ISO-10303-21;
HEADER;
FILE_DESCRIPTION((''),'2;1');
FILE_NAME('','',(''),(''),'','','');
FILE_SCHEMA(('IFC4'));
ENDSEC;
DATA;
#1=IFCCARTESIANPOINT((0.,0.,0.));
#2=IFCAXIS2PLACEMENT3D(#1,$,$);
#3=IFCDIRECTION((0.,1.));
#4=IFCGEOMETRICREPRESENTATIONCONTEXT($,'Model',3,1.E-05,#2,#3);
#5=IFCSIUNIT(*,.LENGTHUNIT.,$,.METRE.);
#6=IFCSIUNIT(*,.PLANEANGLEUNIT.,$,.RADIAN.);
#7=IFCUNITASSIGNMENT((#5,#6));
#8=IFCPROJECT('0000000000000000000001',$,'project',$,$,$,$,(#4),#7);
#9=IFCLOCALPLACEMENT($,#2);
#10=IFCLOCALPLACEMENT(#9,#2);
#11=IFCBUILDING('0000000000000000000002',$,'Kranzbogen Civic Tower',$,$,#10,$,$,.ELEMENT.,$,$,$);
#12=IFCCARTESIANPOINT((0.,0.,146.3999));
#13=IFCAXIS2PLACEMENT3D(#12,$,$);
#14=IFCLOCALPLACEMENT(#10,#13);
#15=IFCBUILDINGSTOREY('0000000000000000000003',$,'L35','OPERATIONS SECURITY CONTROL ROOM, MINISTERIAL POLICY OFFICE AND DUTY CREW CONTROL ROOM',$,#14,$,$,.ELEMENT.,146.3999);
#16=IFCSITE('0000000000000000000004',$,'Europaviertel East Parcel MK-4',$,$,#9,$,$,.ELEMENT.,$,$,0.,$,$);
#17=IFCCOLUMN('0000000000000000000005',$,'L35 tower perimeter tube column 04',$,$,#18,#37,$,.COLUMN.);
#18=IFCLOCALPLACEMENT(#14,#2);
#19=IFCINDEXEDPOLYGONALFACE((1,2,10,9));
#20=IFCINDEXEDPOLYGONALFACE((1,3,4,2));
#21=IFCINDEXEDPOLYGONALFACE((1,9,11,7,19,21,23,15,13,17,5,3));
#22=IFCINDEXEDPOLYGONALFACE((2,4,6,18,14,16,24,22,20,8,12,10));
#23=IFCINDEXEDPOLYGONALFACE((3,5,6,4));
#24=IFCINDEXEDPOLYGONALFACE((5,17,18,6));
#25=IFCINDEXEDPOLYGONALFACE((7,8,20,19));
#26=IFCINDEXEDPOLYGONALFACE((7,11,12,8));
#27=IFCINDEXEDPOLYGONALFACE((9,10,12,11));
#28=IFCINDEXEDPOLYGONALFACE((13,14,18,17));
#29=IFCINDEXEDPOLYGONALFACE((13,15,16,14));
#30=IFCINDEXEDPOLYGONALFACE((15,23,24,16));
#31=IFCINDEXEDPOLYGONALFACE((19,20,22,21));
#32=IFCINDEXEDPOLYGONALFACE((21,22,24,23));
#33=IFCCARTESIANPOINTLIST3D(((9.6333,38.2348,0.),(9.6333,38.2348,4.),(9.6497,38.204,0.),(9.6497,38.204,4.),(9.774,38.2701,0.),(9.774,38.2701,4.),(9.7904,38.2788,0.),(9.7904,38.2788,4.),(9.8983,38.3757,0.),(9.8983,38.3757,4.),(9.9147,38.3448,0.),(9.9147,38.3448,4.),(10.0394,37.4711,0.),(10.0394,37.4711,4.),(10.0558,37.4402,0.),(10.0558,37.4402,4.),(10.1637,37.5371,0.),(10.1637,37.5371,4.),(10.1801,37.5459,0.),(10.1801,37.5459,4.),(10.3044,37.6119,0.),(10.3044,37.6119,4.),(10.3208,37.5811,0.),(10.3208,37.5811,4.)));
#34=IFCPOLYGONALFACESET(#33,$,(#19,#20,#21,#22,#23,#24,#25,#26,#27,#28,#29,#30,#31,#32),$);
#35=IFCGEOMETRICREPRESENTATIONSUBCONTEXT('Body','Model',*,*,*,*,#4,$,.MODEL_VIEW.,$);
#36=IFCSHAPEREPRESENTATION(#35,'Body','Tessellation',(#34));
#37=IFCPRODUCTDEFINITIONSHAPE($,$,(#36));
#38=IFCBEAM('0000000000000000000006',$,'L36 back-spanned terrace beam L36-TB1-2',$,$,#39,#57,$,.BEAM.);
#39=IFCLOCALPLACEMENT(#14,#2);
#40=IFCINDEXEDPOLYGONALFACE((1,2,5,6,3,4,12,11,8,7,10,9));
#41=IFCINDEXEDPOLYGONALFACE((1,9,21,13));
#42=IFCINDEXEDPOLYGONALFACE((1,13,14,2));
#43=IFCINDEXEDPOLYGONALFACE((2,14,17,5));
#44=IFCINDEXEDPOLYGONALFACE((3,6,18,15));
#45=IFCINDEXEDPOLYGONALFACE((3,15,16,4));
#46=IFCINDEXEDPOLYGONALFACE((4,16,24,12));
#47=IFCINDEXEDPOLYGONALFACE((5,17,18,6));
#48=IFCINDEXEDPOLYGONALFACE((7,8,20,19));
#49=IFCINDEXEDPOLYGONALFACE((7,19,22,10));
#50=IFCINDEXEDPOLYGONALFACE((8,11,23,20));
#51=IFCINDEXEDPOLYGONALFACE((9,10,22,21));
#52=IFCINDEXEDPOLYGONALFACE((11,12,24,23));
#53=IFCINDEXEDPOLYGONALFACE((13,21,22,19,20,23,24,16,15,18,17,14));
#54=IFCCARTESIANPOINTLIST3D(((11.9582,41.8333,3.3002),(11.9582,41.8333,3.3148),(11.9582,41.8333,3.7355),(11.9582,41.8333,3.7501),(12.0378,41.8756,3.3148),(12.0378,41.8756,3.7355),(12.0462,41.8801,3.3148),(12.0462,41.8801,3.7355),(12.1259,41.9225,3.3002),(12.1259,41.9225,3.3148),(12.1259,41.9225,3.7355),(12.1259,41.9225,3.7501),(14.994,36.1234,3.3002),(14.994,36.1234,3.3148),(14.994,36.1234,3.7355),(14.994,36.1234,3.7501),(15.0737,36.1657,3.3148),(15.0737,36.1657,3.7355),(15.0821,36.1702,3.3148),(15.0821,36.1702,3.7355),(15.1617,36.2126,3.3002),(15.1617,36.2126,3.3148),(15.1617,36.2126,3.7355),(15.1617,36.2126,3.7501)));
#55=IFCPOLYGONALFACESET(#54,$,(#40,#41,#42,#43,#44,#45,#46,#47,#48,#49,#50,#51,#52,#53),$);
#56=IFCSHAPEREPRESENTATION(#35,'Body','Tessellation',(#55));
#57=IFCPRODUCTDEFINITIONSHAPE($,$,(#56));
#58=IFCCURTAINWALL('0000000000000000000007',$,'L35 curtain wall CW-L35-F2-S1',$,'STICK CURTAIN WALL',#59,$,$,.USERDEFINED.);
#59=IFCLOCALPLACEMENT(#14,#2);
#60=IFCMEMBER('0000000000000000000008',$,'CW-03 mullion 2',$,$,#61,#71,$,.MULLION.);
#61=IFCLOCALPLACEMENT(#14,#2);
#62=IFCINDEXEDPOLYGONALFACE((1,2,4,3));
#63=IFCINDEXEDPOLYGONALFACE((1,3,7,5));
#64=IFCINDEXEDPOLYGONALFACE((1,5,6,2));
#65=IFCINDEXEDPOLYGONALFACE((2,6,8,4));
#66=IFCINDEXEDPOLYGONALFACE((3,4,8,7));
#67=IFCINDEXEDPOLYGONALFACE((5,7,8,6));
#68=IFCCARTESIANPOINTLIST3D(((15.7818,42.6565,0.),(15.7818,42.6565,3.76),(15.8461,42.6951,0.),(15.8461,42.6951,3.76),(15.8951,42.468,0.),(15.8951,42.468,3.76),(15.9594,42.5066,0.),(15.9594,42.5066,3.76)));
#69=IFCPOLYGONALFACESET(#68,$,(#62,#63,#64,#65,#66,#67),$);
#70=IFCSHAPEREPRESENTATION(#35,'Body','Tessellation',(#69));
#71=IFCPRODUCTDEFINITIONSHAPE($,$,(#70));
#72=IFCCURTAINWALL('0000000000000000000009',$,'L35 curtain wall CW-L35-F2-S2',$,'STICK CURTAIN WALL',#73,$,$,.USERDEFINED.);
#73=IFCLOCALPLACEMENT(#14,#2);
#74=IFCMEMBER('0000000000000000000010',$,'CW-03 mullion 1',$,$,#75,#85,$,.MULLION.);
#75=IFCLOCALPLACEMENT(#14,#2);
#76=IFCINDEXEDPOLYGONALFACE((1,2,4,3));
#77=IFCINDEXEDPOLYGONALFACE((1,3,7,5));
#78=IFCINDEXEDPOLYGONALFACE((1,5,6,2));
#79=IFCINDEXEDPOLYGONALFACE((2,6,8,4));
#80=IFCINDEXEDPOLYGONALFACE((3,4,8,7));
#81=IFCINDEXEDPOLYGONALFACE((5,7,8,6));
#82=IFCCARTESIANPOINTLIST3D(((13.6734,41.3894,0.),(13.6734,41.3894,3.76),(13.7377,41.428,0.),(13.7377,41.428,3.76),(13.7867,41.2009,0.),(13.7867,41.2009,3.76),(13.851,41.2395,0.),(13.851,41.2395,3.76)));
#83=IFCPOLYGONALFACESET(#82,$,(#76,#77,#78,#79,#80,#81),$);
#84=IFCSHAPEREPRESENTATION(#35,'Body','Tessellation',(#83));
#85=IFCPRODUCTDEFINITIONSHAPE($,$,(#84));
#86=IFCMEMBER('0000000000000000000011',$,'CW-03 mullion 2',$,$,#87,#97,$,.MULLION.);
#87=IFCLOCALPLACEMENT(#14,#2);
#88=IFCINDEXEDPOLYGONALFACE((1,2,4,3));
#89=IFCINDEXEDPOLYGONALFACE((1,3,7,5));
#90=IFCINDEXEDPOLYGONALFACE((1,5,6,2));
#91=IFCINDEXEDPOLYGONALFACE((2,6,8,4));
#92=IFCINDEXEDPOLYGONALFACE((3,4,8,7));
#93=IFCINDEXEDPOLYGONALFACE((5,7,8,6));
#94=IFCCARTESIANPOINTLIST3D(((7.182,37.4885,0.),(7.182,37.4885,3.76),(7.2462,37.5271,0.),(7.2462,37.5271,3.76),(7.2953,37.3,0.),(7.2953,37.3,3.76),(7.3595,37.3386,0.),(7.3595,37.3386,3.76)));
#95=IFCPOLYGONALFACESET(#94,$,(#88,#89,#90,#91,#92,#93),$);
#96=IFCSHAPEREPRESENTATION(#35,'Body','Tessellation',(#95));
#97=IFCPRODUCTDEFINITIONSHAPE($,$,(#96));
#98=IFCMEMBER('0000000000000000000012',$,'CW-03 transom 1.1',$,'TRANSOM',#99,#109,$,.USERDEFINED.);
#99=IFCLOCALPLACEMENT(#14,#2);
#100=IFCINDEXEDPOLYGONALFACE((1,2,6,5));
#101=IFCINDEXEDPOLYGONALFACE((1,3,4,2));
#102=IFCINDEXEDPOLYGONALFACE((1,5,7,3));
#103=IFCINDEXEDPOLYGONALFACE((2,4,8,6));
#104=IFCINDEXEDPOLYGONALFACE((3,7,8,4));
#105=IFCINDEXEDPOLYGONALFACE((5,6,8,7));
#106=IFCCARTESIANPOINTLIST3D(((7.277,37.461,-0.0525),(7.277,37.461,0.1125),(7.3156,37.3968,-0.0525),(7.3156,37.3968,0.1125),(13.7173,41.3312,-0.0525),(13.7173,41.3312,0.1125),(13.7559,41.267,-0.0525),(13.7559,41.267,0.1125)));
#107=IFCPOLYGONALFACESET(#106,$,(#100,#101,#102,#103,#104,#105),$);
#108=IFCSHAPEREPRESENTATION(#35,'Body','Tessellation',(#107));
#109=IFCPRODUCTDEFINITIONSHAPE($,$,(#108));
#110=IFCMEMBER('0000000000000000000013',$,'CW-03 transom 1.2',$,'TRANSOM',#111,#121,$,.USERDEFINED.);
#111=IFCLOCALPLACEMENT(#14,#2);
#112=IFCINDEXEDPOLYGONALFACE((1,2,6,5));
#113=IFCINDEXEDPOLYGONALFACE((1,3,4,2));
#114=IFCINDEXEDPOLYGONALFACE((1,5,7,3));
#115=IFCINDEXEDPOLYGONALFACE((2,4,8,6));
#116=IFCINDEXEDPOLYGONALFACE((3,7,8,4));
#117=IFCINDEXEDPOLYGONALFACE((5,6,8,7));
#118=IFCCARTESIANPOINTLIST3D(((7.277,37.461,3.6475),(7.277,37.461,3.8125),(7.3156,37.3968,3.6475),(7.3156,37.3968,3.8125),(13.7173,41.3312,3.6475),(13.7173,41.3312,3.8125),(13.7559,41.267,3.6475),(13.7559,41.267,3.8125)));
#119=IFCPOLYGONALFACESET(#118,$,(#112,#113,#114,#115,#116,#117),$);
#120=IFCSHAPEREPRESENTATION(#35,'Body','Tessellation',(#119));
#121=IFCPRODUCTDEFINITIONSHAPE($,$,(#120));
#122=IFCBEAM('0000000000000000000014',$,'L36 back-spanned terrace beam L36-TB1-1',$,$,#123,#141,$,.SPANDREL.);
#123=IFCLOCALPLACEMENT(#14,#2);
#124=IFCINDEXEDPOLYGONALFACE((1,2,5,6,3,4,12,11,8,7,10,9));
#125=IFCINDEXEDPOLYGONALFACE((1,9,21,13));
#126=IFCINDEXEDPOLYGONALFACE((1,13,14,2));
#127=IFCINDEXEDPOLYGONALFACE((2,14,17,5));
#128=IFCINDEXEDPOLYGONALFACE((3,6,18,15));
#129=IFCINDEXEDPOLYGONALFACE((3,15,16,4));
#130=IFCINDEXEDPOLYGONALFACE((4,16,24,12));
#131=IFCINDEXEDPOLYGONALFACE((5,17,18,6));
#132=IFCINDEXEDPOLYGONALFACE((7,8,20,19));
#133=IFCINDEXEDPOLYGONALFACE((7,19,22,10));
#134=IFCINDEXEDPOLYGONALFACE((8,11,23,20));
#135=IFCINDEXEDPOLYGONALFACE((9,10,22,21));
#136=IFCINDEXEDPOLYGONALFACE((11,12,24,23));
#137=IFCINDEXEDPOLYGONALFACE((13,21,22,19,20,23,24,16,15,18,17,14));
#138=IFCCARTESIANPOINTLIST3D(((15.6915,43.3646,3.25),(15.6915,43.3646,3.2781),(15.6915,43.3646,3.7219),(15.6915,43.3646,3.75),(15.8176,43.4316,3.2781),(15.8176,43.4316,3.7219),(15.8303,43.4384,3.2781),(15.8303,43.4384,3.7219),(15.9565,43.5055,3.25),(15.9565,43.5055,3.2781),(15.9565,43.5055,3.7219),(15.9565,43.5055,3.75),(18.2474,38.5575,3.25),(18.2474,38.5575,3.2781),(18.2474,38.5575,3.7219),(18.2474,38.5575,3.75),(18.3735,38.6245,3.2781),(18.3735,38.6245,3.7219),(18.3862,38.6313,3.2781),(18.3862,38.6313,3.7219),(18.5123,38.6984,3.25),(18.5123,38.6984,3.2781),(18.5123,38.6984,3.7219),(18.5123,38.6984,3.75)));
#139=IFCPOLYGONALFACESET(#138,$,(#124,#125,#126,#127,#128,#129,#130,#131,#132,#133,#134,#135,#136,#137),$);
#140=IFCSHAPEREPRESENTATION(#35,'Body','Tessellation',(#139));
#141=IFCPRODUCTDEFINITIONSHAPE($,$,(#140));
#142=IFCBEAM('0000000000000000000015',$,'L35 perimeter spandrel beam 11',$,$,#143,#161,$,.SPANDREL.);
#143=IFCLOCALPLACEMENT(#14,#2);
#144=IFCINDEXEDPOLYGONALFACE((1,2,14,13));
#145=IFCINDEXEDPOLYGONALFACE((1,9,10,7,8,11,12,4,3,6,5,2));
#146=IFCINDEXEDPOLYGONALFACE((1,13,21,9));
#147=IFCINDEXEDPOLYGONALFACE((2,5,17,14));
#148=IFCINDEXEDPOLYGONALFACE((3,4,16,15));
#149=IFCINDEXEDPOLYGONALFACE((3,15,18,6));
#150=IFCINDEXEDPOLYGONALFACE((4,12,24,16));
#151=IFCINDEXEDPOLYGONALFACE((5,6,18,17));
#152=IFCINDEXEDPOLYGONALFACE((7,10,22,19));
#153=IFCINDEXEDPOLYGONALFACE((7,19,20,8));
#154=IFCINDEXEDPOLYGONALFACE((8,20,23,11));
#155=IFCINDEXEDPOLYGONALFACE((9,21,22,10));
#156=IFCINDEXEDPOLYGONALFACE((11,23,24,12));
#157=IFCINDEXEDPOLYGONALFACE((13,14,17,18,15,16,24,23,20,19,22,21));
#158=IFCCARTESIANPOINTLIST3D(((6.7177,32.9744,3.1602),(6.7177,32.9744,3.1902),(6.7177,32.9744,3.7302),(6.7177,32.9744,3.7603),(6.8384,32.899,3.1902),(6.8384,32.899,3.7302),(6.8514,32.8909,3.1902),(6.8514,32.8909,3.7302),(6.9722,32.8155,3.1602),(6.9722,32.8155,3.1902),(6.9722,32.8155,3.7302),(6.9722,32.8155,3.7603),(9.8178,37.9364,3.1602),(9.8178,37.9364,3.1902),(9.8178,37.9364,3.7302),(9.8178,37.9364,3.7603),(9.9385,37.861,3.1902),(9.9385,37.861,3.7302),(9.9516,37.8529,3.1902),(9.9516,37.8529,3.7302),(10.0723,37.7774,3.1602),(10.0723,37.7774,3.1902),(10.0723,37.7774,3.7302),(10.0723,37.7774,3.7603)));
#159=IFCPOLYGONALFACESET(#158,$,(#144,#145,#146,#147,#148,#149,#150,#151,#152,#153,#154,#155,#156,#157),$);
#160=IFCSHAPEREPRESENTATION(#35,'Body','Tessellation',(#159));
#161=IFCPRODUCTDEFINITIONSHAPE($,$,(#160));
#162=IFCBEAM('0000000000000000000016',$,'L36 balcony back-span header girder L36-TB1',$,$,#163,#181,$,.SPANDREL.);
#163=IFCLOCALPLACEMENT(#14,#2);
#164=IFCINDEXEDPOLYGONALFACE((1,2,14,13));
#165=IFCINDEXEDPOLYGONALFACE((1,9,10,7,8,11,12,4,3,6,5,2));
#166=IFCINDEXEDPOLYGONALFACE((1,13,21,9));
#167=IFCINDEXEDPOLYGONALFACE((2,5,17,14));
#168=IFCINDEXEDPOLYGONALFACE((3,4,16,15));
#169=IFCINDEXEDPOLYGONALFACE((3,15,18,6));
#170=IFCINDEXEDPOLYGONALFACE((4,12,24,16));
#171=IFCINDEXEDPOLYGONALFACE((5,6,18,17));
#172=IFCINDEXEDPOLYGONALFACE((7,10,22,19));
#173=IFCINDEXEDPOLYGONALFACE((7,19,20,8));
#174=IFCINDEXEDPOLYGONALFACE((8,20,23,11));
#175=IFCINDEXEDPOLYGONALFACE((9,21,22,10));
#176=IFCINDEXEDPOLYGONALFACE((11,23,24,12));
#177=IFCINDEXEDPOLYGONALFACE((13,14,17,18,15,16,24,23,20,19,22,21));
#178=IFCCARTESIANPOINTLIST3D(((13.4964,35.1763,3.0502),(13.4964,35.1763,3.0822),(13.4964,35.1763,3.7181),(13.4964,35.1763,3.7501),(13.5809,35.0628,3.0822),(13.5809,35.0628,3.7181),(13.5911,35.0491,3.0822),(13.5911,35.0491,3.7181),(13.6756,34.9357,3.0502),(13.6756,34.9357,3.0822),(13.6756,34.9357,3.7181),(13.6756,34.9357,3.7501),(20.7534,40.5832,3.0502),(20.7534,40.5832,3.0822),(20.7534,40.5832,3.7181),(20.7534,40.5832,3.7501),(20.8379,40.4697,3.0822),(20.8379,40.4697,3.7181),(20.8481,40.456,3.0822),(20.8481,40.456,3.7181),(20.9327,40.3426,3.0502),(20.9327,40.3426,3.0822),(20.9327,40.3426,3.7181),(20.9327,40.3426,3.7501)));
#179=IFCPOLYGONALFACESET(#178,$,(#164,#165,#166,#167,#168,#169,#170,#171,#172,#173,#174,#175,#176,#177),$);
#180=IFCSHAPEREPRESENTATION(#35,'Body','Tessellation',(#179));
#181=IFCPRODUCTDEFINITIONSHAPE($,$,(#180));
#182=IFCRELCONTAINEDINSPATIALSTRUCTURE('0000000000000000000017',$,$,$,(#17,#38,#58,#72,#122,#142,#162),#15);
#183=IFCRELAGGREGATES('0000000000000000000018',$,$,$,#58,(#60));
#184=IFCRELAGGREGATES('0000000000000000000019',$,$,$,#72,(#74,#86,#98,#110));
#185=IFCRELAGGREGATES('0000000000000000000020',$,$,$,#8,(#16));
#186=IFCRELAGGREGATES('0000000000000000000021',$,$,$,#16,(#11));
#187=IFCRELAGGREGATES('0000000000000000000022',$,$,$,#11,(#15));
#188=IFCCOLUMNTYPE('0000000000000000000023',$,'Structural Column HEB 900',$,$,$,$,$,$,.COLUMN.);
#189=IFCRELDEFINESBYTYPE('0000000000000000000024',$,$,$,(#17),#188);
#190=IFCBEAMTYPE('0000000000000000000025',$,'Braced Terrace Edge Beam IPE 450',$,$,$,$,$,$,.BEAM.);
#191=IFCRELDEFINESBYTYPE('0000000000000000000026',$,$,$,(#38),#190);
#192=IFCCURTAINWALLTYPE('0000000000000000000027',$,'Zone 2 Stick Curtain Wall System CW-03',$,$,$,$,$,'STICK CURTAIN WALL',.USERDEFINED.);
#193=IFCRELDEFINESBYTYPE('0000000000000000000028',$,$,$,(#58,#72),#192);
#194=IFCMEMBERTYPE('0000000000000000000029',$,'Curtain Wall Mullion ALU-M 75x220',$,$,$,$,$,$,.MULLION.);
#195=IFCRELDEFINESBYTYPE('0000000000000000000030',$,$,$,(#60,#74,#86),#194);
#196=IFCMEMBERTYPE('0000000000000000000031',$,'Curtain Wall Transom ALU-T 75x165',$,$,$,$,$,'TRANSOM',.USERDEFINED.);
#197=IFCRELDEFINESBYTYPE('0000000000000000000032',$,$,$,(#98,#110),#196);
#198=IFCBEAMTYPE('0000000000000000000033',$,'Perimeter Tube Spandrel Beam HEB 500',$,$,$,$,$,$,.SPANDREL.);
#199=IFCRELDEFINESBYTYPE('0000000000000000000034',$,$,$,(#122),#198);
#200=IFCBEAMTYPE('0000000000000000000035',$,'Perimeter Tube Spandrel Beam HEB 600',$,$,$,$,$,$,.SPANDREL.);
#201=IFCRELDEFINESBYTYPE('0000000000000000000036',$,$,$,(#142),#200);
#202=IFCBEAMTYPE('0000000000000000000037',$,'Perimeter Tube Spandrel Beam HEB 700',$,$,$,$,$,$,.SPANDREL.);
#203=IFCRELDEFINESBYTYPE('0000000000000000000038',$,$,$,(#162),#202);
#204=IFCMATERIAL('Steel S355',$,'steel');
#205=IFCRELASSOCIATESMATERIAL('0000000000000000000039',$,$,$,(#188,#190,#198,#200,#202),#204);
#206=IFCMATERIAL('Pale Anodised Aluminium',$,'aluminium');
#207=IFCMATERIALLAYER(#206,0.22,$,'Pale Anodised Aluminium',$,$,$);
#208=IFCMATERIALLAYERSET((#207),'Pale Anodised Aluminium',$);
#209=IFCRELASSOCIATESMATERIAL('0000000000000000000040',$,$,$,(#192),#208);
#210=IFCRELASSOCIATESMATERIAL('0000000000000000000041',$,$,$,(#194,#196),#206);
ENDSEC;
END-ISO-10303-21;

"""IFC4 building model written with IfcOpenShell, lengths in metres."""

from ifc_helpers import new_model, si_unit, direction, frame, origin, origin_2d, place, context, subcontext, project, spatial, rectangle, i_section, extrude, material, layer, layer_set, material_profile, profile_set, type_object, element, aggregate, save


model = new_model("IFC4")

# Units and contexts
model_context = context("Model", 3, precision=1e-05, world=origin(), true_north=direction((0.0, 1.0)))
body_context = subcontext(model_context, "Body", "Model", "MODEL_VIEW")
ifc_project = project(units=[si_unit("LENGTHUNIT", "METRE"), si_unit("PLANEANGLEUNIT", "RADIAN")], contexts=[model_context])

# Site, building, storey
site_placement = place(None, origin())
site = spatial("IfcSite", under=ifc_project, at=site_placement, Name="Europaviertel East Parcel MK-4", CompositionType="ELEMENT", RefElevation=0.0)
building_placement = place(site_placement, origin())
building = spatial("IfcBuilding", under=site, at=building_placement, Name="Kranzbogen Civic Tower", CompositionType="ELEMENT")
storey_placement = place(building_placement, frame((0.0, 0.0, 146.3999)))
storey = spatial("IfcBuildingStorey", under=building, at=storey_placement, Name="L35", Description="OPERATIONS SECURITY CONTROL ROOM, MINISTERIAL POLICY OFFICE AND DUTY CREW CONTROL ROOM", CompositionType="ELEMENT", Elevation=146.3999)

# Column
ifc_material_1 = material(Name="Steel S355", Category="steel")
ifc_material_profile_1 = material_profile(ifc_material_1, i_section(OverallWidth=0.3, OverallDepth=0.8999, WebThickness=0.0186, FlangeThickness=0.0349, at=origin_2d()), Name="HEB 900")
ifc_profile_set_1 = profile_set([ifc_material_profile_1], Name="Steel S355")
column_type = type_object("IfcColumnType", Name="Structural Column HEB 900", PredefinedType="COLUMN", material=ifc_profile_set_1)
column_placement = place(storey_placement, frame((9.9771, 37.908, 0.0), z_axis=(0.0, 0.0, 1.0), x_axis=(0.882948, 0.469472, 0.0)))
element("IfcColumn", 1, at=column_placement, inside=storey, type_object=column_type, Name="L35 tower perimeter tube column 04", PredefinedType="COLUMN", context=body_context, shape_type="SweptSolid", body=[
    extrude(i_section(OverallWidth=0.3, OverallDepth=0.8999, WebThickness=0.0186, FlangeThickness=0.0349, at=origin_2d()), origin(), (0.0, 0.0, 1.0), 4.0),
])

# Beam
ifc_material_profile_2 = material_profile(ifc_material_1, i_section(OverallWidth=0.1899, OverallDepth=0.45, WebThickness=0.0095, FlangeThickness=0.0146, at=origin_2d()), Name="IPE 450")
ifc_profile_set_2 = profile_set([ifc_material_profile_2], Name="Steel S355")
beam_type_1 = type_object("IfcBeamType", Name="Braced Terrace Edge Beam IPE 450", PredefinedType="BEAM", material=ifc_profile_set_2)
beam_1_placement = place(storey_placement, frame((15.0779, 36.168, 3.5251), z_axis=(-0.469453, 0.882957, 0.0), x_axis=(-0.882957, -0.469453, 0.0)))
element("IfcBeam", 2, at=beam_1_placement, inside=storey, type_object=beam_type_1, Name="L36 back-spanned terrace beam L36-TB1-2", PredefinedType="BEAM", context=body_context, shape_type="SweptSolid", body=[
    extrude(i_section(OverallWidth=0.1899, OverallDepth=0.45, WebThickness=0.0095, FlangeThickness=0.0146, at=origin_2d()), origin(), (0.0, 0.0, 1.0), 6.4668),
])

# Curtain wall, member
ifc_material_2 = material(Name="Pale Anodised Aluminium", Category="aluminium")
ifc_layer_1 = layer(ifc_material_2, 0.22, Name="Pale Anodised Aluminium")
ifc_layer_set_1 = layer_set([ifc_layer_1], Name="Pale Anodised Aluminium")
curtain_wall_type = type_object("IfcCurtainWallType", Name="Zone 2 Stick Curtain Wall System CW-03", ElementType="STICK CURTAIN WALL", PredefinedType="USERDEFINED", material=ifc_layer_set_1)
curtain_wall_1_placement = place(storey_placement, origin())
curtain_wall_1 = element("IfcCurtainWall", 3, at=curtain_wall_1_placement, inside=storey, type_object=curtain_wall_type, Name="L35 curtain wall CW-L35-F2-S1", ObjectType="STICK CURTAIN WALL", PredefinedType="USERDEFINED")
ifc_material_profile_3 = material_profile(ifc_material_2, rectangle(XDim=0.075, YDim=0.22, at=origin_2d()), Name="ALU-M 75x220")
ifc_profile_set_3 = profile_set([ifc_material_profile_3], Name="Pale Anodised Aluminium")
member_type_1 = type_object("IfcMemberType", Name="Curtain Wall Mullion ALU-M 75x220", PredefinedType="MULLION", material=ifc_profile_set_3)
member_1_placement = place(storey_placement, frame((15.8706, 42.5815, 0.0), z_axis=(0.0, 0.0, 1.0), x_axis=(-0.857169, -0.515035, 0.0)))
member_1 = element("IfcMember", 4, at=member_1_placement, type_object=member_type_1, Name="CW-03 mullion 2", PredefinedType="MULLION", context=body_context, shape_type="SweptSolid", body=[
    extrude(rectangle(XDim=0.075, YDim=0.22, at=origin_2d()), origin(), (0.0, 0.0, 1.0), 3.76),
])

# Curtain wall, members
curtain_wall_2_placement = place(storey_placement, origin())
curtain_wall_2 = element("IfcCurtainWall", 5, at=curtain_wall_2_placement, inside=storey, type_object=curtain_wall_type, Name="L35 curtain wall CW-L35-F2-S2", ObjectType="STICK CURTAIN WALL", PredefinedType="USERDEFINED")
member_2_placement = place(storey_placement, frame((13.7622, 41.3145, 0.0), z_axis=(0.0, 0.0, 1.0), x_axis=(-0.857134, -0.515093, 0.0)))
member_2 = element("IfcMember", 6, at=member_2_placement, type_object=member_type_1, Name="CW-03 mullion 1", PredefinedType="MULLION", context=body_context, shape_type="SweptSolid", body=[
    extrude(rectangle(XDim=0.075, YDim=0.22, at=origin_2d()), origin(), (0.0, 0.0, 1.0), 3.76),
])
member_3_placement = place(storey_placement, frame((7.2708, 37.4136, 0.0), z_axis=(0.0, 0.0, 1.0), x_axis=(-0.857134, -0.515093, 0.0)))
member_3 = element("IfcMember", 7, at=member_3_placement, type_object=member_type_1, Name="CW-03 mullion 2", PredefinedType="MULLION", context=body_context, shape_type="SweptSolid", body=[
    extrude(rectangle(XDim=0.075, YDim=0.22, at=origin_2d()), origin(), (0.0, 0.0, 1.0), 3.76),
])
ifc_material_profile_4 = material_profile(ifc_material_2, rectangle(XDim=0.075, YDim=0.165, at=origin_2d()), Name="ALU-T 75x165")
ifc_profile_set_4 = profile_set([ifc_material_profile_4], Name="Pale Anodised Aluminium")
member_type_2 = type_object("IfcMemberType", Name="Curtain Wall Transom ALU-T 75x165", ElementType="TRANSOM", PredefinedType="USERDEFINED", material=ifc_profile_set_4)
member_4_placement = place(storey_placement, frame((13.7366, 41.2991, 0.03), z_axis=(-0.85714, -0.515083, 0.0), x_axis=(0.515083, -0.85714, 0.0)))
member_4 = element("IfcMember", 8, at=member_4_placement, type_object=member_type_2, Name="CW-03 transom 1.1", ObjectType="TRANSOM", PredefinedType="USERDEFINED", context=body_context, shape_type="SweptSolid", body=[
    extrude(rectangle(XDim=0.075, YDim=0.165, at=origin_2d()), origin(), (0.0, 0.0, 1.0), 7.5137),
])
member_5_placement = place(storey_placement, frame((13.7366, 41.2991, 3.73), z_axis=(-0.85714, -0.515083, 0.0), x_axis=(0.515083, -0.85714, 0.0)))
member_5 = element("IfcMember", 9, at=member_5_placement, type_object=member_type_2, Name="CW-03 transom 1.2", ObjectType="TRANSOM", PredefinedType="USERDEFINED", context=body_context, shape_type="SweptSolid", body=[
    extrude(rectangle(XDim=0.075, YDim=0.165, at=origin_2d()), origin(), (0.0, 0.0, 1.0), 7.5137),
])

# Beams
ifc_material_profile_5 = material_profile(ifc_material_1, i_section(OverallWidth=0.3, OverallDepth=0.5, WebThickness=0.0144, FlangeThickness=0.0281, at=origin_2d()), Name="HEB 500")
ifc_profile_set_5 = profile_set([ifc_material_profile_5], Name="Steel S355")
beam_type_2 = type_object("IfcBeamType", Name="Perimeter Tube Spandrel Beam HEB 500", PredefinedType="SPANDREL", material=ifc_profile_set_5)
beam_2_placement = place(storey_placement, frame((18.3799, 38.6279, 3.5), z_axis=(-0.469459, 0.882954, 0.0), x_axis=(-0.882954, -0.469459, 0.0)))
element("IfcBeam", 10, at=beam_2_placement, inside=storey, type_object=beam_type_2, Name="L36 back-spanned terrace beam L36-TB1-1", PredefinedType="SPANDREL", context=body_context, shape_type="SweptSolid", body=[
    extrude(i_section(OverallWidth=0.3, OverallDepth=0.5, WebThickness=0.0144, FlangeThickness=0.0281, at=origin_2d()), origin(), (0.0, 0.0, 1.0), 5.4443),
])
ifc_material_profile_6 = material_profile(ifc_material_1, i_section(OverallWidth=0.3, OverallDepth=0.6001, WebThickness=0.0154, FlangeThickness=0.03, at=origin_2d()), Name="HEB 600")
ifc_profile_set_6 = profile_set([ifc_material_profile_6], Name="Steel S355")
beam_type_3 = type_object("IfcBeamType", Name="Perimeter Tube Spandrel Beam HEB 600", PredefinedType="SPANDREL", material=ifc_profile_set_6)
beam_3_placement = place(storey_placement, frame((9.9451, 37.8569, 3.4602), z_axis=(-0.529864, -0.848083, 0.0), x_axis=(0.848083, -0.529864, 0.0)))
element("IfcBeam", 11, at=beam_3_placement, inside=storey, type_object=beam_type_3, Name="L35 perimeter spandrel beam 11", PredefinedType="SPANDREL", context=body_context, shape_type="SweptSolid", body=[
    extrude(i_section(OverallWidth=0.3, OverallDepth=0.6001, WebThickness=0.0154, FlangeThickness=0.03, at=origin_2d()), origin(), (0.0, 0.0, 1.0), 5.8508),
])
ifc_material_profile_7 = material_profile(ifc_material_1, i_section(OverallWidth=0.3, OverallDepth=0.7, WebThickness=0.0171, FlangeThickness=0.032, at=origin_2d()), Name="HEB 700")
ifc_profile_set_7 = profile_set([ifc_material_profile_7], Name="Steel S355")
beam_type_4 = type_object("IfcBeamType", Name="Perimeter Tube Spandrel Beam HEB 700", PredefinedType="SPANDREL", material=ifc_profile_set_7)
beam_4_placement = place(storey_placement, frame((20.843, 40.4629, 3.4001), z_axis=(-0.801896, -0.597463, 0.0), x_axis=(0.597463, -0.801896, 0.0)))
element("IfcBeam", 12, at=beam_4_placement, inside=storey, type_object=beam_type_4, Name="L36 balcony back-span header girder L36-TB1", PredefinedType="SPANDREL", context=body_context, shape_type="SweptSolid", body=[
    extrude(i_section(OverallWidth=0.3, OverallDepth=0.7, WebThickness=0.0171, FlangeThickness=0.032, at=origin_2d()), origin(), (0.0, 0.0, 1.0), 9.0498),
])

aggregate(curtain_wall_1, [member_1])
aggregate(curtain_wall_2, [member_2, member_3, member_4, member_5])

save(model, "model.ifc")
